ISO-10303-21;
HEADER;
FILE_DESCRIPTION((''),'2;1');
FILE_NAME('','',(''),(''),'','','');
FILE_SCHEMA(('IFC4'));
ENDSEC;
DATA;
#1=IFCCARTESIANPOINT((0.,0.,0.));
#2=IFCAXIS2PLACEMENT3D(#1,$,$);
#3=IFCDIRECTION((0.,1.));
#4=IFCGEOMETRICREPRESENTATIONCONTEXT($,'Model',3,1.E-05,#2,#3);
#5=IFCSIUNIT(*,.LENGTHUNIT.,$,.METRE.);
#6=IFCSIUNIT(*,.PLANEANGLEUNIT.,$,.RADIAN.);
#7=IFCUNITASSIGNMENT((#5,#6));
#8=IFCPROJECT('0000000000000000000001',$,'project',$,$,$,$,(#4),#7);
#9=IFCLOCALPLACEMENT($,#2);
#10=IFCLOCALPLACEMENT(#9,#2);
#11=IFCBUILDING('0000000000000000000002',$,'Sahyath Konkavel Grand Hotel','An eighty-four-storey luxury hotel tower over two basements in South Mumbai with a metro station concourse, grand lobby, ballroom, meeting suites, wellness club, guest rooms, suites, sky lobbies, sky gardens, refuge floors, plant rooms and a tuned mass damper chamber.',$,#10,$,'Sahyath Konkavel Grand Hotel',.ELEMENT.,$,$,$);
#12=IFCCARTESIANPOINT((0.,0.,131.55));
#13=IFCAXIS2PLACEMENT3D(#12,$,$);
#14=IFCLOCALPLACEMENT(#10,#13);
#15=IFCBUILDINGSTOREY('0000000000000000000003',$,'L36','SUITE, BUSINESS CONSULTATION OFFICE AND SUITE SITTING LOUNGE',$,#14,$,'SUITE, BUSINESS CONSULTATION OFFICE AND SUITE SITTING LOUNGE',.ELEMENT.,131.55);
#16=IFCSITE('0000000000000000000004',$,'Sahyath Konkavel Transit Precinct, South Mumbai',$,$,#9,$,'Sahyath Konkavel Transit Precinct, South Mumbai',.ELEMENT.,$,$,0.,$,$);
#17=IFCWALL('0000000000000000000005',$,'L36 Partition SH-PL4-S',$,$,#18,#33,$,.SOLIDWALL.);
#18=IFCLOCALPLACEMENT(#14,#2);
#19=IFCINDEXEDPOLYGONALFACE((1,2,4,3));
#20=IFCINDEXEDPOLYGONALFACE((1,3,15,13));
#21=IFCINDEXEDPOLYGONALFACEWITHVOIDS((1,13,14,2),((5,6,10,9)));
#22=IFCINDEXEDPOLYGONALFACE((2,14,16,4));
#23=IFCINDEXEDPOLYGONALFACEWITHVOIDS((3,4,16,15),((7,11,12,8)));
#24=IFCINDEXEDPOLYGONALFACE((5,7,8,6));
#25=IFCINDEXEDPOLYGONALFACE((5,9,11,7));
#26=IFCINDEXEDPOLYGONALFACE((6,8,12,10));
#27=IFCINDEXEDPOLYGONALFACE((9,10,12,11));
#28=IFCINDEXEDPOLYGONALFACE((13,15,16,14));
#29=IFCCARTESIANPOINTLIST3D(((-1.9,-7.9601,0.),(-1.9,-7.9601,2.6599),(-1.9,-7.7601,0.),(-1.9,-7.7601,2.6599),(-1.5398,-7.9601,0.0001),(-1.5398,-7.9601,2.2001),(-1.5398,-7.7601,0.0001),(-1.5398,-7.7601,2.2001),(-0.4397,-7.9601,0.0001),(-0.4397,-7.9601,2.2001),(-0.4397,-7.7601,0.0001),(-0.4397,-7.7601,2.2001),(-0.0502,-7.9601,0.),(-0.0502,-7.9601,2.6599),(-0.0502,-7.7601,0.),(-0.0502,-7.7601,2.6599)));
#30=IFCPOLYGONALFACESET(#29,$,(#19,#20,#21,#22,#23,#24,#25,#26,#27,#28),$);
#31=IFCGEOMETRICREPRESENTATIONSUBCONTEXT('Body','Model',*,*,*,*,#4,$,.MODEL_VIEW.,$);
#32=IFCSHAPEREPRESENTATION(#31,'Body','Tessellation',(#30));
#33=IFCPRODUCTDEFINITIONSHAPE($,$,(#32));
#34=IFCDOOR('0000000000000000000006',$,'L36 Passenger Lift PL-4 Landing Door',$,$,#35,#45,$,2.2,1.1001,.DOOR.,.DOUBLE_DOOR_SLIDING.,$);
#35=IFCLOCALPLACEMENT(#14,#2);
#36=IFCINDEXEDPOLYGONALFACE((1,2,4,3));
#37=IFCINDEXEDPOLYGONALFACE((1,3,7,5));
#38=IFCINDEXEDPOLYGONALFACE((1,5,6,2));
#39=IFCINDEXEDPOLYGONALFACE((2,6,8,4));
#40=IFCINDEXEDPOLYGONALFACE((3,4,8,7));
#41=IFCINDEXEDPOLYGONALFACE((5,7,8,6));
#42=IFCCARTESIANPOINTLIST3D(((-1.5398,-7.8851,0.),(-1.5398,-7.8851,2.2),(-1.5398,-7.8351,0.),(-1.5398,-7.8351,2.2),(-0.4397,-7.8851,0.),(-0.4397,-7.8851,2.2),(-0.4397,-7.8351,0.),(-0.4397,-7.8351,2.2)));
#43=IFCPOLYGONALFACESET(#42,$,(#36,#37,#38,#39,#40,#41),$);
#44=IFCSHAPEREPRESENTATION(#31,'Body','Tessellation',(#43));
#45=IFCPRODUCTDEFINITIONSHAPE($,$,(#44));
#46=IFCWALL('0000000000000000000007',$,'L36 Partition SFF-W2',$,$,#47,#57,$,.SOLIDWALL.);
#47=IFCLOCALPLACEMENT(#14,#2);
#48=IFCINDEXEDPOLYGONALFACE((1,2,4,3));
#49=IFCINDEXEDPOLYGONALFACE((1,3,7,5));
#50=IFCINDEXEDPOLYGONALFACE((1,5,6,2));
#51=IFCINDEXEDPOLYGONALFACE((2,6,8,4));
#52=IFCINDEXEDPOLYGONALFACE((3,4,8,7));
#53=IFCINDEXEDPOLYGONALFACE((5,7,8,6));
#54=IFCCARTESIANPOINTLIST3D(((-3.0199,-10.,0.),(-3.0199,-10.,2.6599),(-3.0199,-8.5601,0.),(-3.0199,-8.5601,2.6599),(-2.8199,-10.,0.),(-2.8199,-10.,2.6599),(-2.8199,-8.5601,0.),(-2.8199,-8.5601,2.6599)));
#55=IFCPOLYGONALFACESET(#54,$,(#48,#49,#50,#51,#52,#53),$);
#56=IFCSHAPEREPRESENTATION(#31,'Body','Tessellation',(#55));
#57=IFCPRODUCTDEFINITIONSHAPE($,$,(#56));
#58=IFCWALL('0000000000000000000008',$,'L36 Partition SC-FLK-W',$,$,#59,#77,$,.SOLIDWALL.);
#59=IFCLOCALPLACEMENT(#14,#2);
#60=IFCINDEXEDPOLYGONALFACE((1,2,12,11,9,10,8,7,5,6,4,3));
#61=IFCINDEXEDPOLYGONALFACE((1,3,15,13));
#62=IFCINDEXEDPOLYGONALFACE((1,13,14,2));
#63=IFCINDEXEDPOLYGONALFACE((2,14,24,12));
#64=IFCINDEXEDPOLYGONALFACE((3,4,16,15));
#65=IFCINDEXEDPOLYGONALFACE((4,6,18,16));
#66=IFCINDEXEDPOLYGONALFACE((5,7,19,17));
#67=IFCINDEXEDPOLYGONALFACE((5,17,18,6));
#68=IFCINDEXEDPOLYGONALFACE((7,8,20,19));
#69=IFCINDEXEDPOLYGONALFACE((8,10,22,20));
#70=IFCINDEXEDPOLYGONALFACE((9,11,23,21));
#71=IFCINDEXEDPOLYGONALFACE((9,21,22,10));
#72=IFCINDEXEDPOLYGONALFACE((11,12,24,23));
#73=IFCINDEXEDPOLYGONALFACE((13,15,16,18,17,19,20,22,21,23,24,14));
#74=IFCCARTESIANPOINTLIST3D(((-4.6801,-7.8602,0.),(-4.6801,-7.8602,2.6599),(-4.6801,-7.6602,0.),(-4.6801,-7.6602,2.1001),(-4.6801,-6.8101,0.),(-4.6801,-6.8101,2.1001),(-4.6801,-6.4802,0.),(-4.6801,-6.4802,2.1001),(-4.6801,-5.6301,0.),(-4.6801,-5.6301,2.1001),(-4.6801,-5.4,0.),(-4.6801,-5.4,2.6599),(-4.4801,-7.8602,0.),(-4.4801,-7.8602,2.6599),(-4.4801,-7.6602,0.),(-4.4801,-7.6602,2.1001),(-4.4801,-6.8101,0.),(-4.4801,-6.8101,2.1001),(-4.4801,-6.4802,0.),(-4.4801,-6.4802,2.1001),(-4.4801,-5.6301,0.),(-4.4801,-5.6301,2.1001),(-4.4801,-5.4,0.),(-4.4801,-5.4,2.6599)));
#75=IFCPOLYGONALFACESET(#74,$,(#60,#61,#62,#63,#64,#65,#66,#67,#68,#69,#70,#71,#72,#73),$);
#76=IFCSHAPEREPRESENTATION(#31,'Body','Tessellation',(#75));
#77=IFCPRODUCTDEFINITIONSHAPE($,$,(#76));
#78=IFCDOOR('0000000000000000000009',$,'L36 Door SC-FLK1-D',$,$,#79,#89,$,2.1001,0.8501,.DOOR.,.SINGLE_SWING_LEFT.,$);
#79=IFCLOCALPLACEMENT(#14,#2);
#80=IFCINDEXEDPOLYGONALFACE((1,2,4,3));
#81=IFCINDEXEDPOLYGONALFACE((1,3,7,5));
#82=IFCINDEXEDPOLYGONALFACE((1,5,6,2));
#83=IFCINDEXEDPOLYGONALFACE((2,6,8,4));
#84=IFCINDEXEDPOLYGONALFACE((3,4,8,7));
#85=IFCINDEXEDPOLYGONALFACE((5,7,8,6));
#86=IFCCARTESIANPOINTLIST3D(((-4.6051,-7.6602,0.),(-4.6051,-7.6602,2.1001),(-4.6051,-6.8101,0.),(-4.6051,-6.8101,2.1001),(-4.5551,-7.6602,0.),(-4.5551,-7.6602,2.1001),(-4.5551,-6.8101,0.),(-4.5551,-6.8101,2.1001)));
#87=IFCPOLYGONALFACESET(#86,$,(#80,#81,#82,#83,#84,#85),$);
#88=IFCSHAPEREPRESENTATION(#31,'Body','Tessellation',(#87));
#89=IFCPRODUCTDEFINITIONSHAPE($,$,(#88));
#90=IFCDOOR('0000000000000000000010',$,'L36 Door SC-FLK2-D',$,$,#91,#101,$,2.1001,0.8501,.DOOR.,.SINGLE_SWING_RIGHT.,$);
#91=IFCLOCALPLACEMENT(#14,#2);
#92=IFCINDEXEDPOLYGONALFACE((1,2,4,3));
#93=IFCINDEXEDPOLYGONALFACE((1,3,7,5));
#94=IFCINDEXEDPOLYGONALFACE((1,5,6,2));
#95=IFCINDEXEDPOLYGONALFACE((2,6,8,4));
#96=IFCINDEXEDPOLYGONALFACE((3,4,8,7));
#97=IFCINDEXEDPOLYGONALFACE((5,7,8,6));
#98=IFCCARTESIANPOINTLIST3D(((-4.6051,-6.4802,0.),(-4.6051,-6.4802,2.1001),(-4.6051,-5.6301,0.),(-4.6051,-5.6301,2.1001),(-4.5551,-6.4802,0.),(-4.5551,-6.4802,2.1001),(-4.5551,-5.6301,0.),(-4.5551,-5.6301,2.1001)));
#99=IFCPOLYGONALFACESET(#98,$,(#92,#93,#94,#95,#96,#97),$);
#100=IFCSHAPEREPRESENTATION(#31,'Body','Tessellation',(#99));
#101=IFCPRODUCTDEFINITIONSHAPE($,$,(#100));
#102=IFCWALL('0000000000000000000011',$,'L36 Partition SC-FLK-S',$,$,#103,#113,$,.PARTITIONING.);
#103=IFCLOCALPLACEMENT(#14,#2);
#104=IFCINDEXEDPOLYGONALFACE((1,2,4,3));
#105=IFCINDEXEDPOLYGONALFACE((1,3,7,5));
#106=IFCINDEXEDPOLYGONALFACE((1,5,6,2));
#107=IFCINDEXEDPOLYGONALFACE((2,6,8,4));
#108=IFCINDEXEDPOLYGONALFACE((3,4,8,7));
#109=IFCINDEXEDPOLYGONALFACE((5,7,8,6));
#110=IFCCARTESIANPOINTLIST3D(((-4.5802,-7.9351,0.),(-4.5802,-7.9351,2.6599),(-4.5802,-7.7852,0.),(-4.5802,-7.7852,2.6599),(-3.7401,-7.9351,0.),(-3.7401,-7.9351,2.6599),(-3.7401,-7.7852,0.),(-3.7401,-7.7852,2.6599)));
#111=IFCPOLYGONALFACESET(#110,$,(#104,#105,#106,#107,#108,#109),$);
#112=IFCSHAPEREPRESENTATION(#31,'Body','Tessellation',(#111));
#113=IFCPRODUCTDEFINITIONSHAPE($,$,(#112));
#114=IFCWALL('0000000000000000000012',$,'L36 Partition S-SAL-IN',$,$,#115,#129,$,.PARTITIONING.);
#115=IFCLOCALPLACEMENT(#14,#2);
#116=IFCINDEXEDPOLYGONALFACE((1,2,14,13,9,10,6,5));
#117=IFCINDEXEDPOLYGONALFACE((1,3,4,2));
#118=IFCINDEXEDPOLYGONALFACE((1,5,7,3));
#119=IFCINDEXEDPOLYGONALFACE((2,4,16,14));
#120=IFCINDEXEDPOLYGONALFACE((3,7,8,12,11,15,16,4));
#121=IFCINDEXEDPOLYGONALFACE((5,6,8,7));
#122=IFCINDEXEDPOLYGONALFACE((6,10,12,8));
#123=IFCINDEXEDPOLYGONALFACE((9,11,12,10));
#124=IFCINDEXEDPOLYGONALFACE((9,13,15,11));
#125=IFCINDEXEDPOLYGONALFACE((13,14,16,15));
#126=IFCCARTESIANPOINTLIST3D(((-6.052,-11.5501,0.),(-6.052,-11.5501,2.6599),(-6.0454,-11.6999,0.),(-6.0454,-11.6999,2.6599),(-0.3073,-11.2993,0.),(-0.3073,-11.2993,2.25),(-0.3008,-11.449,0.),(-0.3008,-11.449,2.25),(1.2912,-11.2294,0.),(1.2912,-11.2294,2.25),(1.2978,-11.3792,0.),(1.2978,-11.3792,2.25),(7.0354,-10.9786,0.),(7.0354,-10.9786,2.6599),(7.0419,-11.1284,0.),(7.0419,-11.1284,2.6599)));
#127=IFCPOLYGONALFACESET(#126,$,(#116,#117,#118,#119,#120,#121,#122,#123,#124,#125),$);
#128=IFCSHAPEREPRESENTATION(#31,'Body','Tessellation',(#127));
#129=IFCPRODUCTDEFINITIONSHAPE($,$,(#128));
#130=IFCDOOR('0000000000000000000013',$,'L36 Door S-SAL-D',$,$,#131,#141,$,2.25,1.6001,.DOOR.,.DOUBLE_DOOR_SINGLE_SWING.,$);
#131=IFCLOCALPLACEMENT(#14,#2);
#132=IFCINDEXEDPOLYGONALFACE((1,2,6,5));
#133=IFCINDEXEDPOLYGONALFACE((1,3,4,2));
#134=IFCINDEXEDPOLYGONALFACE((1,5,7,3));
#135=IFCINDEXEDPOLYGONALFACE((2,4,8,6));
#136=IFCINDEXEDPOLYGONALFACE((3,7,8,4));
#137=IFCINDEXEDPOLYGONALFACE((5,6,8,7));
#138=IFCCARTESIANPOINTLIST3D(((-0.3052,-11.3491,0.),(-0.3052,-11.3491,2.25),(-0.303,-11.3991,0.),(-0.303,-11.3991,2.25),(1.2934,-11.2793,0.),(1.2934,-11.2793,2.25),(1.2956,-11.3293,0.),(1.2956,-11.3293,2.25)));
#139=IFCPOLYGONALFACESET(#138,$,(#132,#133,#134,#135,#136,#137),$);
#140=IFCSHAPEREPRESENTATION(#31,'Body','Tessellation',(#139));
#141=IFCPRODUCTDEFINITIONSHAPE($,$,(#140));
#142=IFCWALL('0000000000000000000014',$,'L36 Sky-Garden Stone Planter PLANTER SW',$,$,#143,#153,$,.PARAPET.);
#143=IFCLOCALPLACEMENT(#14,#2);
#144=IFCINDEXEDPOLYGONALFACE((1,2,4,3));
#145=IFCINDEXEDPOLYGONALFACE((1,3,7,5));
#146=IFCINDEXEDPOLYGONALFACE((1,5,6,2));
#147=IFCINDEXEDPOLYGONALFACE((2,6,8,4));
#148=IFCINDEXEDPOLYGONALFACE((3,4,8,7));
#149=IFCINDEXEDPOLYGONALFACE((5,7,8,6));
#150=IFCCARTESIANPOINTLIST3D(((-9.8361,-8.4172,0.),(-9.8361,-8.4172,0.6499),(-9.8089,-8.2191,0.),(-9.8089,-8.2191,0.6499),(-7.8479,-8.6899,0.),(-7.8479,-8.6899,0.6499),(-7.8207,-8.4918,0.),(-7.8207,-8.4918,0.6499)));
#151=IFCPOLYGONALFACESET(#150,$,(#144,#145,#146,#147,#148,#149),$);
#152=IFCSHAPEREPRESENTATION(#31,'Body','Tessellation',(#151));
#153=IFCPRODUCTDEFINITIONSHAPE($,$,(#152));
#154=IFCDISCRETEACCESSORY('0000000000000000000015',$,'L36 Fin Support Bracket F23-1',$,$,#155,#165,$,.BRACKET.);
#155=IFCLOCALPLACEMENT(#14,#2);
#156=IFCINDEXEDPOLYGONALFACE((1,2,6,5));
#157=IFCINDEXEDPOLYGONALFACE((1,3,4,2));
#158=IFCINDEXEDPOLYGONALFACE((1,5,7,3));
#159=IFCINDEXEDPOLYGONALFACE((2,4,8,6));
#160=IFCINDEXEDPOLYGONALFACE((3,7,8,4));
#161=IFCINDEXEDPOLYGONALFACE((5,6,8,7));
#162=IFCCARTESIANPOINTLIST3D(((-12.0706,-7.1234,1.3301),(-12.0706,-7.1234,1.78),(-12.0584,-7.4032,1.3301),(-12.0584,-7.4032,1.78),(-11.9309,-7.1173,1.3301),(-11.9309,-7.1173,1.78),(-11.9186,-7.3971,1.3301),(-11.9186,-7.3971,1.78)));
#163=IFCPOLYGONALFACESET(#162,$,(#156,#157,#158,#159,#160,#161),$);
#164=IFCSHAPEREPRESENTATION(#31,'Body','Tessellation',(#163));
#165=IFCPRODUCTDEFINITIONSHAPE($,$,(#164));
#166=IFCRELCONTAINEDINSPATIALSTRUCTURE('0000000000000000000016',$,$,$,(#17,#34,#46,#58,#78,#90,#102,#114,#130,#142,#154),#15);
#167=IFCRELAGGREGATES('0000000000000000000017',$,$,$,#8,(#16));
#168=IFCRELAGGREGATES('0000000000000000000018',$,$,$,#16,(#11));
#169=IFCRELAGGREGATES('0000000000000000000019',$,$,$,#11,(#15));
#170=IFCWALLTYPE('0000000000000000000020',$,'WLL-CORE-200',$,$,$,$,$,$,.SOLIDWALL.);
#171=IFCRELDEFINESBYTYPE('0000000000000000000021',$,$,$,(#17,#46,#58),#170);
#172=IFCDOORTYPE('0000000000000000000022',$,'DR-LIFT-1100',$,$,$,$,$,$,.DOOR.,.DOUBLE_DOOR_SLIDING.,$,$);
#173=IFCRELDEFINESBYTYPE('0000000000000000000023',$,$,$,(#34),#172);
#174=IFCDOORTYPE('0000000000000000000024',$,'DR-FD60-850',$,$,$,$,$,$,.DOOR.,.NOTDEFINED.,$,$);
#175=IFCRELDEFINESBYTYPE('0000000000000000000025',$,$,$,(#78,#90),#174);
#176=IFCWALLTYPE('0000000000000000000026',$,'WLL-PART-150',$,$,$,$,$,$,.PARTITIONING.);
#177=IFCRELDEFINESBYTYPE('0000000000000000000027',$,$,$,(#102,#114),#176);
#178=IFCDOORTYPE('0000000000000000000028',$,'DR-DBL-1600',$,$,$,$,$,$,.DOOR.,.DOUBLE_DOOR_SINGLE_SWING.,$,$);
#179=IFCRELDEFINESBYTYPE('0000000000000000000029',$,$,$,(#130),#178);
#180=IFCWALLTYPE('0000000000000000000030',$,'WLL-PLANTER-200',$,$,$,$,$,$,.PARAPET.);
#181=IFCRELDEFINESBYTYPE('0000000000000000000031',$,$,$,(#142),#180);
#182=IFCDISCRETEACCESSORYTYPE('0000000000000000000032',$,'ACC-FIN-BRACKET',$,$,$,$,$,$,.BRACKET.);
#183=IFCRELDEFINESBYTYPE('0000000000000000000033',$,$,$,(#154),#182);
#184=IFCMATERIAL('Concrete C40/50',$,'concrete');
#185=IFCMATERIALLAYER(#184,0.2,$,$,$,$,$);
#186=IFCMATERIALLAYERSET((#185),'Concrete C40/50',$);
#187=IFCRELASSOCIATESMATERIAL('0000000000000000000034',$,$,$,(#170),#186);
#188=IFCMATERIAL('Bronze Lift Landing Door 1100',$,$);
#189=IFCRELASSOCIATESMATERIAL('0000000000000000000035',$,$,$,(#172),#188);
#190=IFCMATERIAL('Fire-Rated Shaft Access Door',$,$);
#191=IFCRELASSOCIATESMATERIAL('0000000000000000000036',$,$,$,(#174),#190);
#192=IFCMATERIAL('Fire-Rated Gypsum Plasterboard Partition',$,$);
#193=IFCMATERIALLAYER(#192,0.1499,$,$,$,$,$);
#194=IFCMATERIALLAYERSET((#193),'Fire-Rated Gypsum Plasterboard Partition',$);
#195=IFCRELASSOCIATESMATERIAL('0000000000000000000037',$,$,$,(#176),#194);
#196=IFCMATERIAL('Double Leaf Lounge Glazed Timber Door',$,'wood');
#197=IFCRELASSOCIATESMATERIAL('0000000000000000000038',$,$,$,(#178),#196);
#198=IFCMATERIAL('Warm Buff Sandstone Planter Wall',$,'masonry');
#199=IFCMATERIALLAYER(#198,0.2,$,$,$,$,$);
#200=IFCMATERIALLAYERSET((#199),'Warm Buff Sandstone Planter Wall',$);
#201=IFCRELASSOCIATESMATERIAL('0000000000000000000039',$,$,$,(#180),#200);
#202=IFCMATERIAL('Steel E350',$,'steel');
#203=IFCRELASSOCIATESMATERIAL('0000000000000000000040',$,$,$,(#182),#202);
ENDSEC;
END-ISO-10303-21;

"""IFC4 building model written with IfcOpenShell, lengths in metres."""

from ifc_helpers import new_model, si_unit, direction, frame, frame_2d, origin, origin_2d, place, context, subcontext, project, spatial, rectangle, extrude, source, transform, mapped, material, layer, layer_set, type_object, element, fill, save


model = new_model("IFC4")

# Units and contexts
model_context = context("Model", 3, precision=1e-05, world=origin(), true_north=direction((0.0, 1.0)))
body_context = subcontext(model_context, "Body", "Model", "MODEL_VIEW")
ifc_project = project(units=[si_unit("LENGTHUNIT", "METRE"), si_unit("PLANEANGLEUNIT", "RADIAN")], contexts=[model_context])

# Site, building, storey
site_placement = place(None, origin())
site = spatial("IfcSite", under=ifc_project, at=site_placement, Name="Sahyath Konkavel Transit Precinct, South Mumbai", LongName="Sahyath Konkavel Transit Precinct, South Mumbai", CompositionType="ELEMENT", RefElevation=0.0)
building_placement = place(site_placement, origin())
building = spatial("IfcBuilding", under=site, at=building_placement, Name="Sahyath Konkavel Grand Hotel", Description="An eighty-four-storey luxury hotel tower over two basements in South Mumbai with a metro station concourse, grand lobby, ballroom, meeting suites, wellness club, guest rooms, suites, sky lobbies, sky gardens, refuge floors, plant rooms and a tuned mass damper chamber.", LongName="Sahyath Konkavel Grand Hotel", CompositionType="ELEMENT")
storey_placement = place(building_placement, frame((0.0, 0.0, 131.55)))
storey = spatial("IfcBuildingStorey", under=building, at=storey_placement, Name="L36", Description="SUITE, BUSINESS CONSULTATION OFFICE AND SUITE SITTING LOUNGE", LongName="SUITE, BUSINESS CONSULTATION OFFICE AND SUITE SITTING LOUNGE", CompositionType="ELEMENT", Elevation=131.55)

# Shared definitions
ifc_material_1 = material(Name="Steel E350", Category="steel")

# Shared definitions
ifc_material_2 = material(Name="Concrete C40/50", Category="concrete")
ifc_layer_1 = layer(ifc_material_2, 0.2)
ifc_layer_set_1 = layer_set([ifc_layer_1], Name="Concrete C40/50")
wall_type_1 = type_object("IfcWallType", Name="WLL-CORE-200", PredefinedType="SOLIDWALL", material=ifc_layer_set_1)

# Shared definitions
ifc_material_3 = material(Name="Bronze Lift Landing Door 1100")
door_type_1 = type_object("IfcDoorType", Name="DR-LIFT-1100", OperationType="DOUBLE_DOOR_SLIDING", PredefinedType="DOOR", material=ifc_material_3)
shared_shape_1 = source(origin(), body_context, "Body", "SweptSolid", [
    extrude(rectangle(XDim=1.1001, YDim=0.05, at=origin_2d()), origin(), (0.0, 0.0, 1.0), 2.2),
])

# Wall, opening, door
wall_1_placement = place(storey_placement, frame((-1.8999, -7.8601, 0.0), z_axis=(0.0, 0.0, 1.0), x_axis=(1.0, 0.0, 0.0)))
wall_1 = element("IfcWall", 1, at=wall_1_placement, inside=storey, type_object=wall_type_1, Name="L36 Partition SH-PL4-S", PredefinedType="SOLIDWALL", context=body_context, shape_type="SweptSolid", body=[
    extrude(rectangle(XDim=1.8499, YDim=0.2, at=frame_2d((0.9248, 0.0))), origin(), (0.0, 0.0, 1.0), 2.6599),
])
opening_1_placement = place(wall_1_placement, frame((0.3601, 0.0, 0.0)))
opening_1 = element("IfcOpeningElement", 2, at=opening_1_placement, cuts=wall_1, PredefinedType="OPENING", context=body_context, shape_type="SweptSolid", body=[
    extrude(rectangle(XDim=1.1001, YDim=2.2, at=frame_2d((0.55, 1.1001))), frame((0.0, 0.1099, 0.0), z_axis=(0.0, -1.0, 0.0), x_axis=(1.0, 0.0, 0.0)), (0.0, 0.0, 1.0), 0.22),
])
door_1_placement = place(opening_1_placement, frame((0.55, 0.0, 0.0)))
door_1 = element("IfcDoor", 3, at=door_1_placement, inside=storey, type_object=door_type_1, Name="L36 Passenger Lift PL-4 Landing Door", OperationType="DOUBLE_DOOR_SLIDING", OverallHeight=2.2, OverallWidth=1.1001, PredefinedType="DOOR", context=body_context, shape_type="MappedRepresentation", body=[
    mapped(shared_shape_1, transform((0.0, 0.0, 0.0), scale=1.0)),
])
fill(opening_1, door_1)

# Wall
wall_2_placement = place(storey_placement, frame((-2.9199, -10.0, 0.0), z_axis=(0.0, 0.0, 1.0), x_axis=(0.0, 1.0, 0.0)))
element("IfcWall", 4, at=wall_2_placement, inside=storey, type_object=wall_type_1, Name="L36 Partition SFF-W2", PredefinedType="SOLIDWALL", context=body_context, shape_type="SweptSolid", body=[
    extrude(rectangle(XDim=1.4399, YDim=0.2, at=frame_2d((0.72, 0.0))), origin(), (0.0, 0.0, 1.0), 2.6599),
])

# Wall, openings, doors
wall_3_placement = place(storey_placement, frame((-4.5801, -7.8601, 0.0), z_axis=(0.0, 0.0, 1.0), x_axis=(0.0, 1.0, 0.0)))
wall_3 = element("IfcWall", 5, at=wall_3_placement, inside=storey, type_object=wall_type_1, Name="L36 Partition SC-FLK-W", PredefinedType="SOLIDWALL", context=body_context, shape_type="SweptSolid", body=[
    extrude(rectangle(XDim=2.4602, YDim=0.2, at=frame_2d((1.23, 0.0))), origin(), (0.0, 0.0, 1.0), 2.6599),
])
opening_2_placement = place(wall_3_placement, frame((0.2, 0.0, 0.0)))
opening_2 = element("IfcOpeningElement", 6, at=opening_2_placement, cuts=wall_3, PredefinedType="OPENING", context=body_context, shape_type="SweptSolid", body=[
    extrude(rectangle(XDim=0.8501, YDim=2.1001, at=frame_2d((0.425, 1.05))), frame((0.0, 0.1099, 0.0), z_axis=(0.0, -1.0, 0.0), x_axis=(1.0, 0.0, 0.0)), (0.0, 0.0, 1.0), 0.22),
])
opening_3_placement = place(wall_3_placement, frame((1.3799, 0.0, 0.0)))
opening_3 = element("IfcOpeningElement", 7, at=opening_3_placement, cuts=wall_3, PredefinedType="OPENING", context=body_context, shape_type="SweptSolid", body=[
    extrude(rectangle(XDim=0.8501, YDim=2.1001, at=frame_2d((0.425, 1.05))), frame((0.0, 0.1099, 0.0), z_axis=(0.0, -1.0, 0.0), x_axis=(1.0, 0.0, 0.0)), (0.0, 0.0, 1.0), 0.22),
])
ifc_material_4 = material(Name="Fire-Rated Shaft Access Door")
door_type_2 = type_object("IfcDoorType", Name="DR-FD60-850", OperationType="NOTDEFINED", PredefinedType="DOOR", material=ifc_material_4)
shared_shape_2 = source(origin(), body_context, "Body", "SweptSolid", [
    extrude(rectangle(XDim=0.8501, YDim=0.05, at=origin_2d()), origin(), (0.0, 0.0, 1.0), 2.1001),
])
door_2_placement = place(opening_2_placement, frame((0.425, 0.0, 0.0)))
door_2 = element("IfcDoor", 8, at=door_2_placement, inside=storey, type_object=door_type_2, Name="L36 Door SC-FLK1-D", OperationType="SINGLE_SWING_LEFT", OverallHeight=2.1001, OverallWidth=0.8501, PredefinedType="DOOR", context=body_context, shape_type="MappedRepresentation", body=[
    mapped(shared_shape_2, transform((0.0, 0.0, 0.0), scale=1.0)),
])
fill(opening_2, door_2)
door_3_placement = place(opening_3_placement, frame((0.425, 0.0, 0.0)))
door_3 = element("IfcDoor", 9, at=door_3_placement, inside=storey, type_object=door_type_2, Name="L36 Door SC-FLK2-D", OperationType="SINGLE_SWING_RIGHT", OverallHeight=2.1001, OverallWidth=0.8501, PredefinedType="DOOR", context=body_context, shape_type="MappedRepresentation", body=[
    mapped(shared_shape_2, transform((0.0, 0.0, 0.0), scale=1.0)),
])
fill(opening_3, door_3)

# Wall
ifc_material_5 = material(Name="Fire-Rated Gypsum Plasterboard Partition")
ifc_layer_2 = layer(ifc_material_5, 0.1499)
ifc_layer_set_2 = layer_set([ifc_layer_2], Name="Fire-Rated Gypsum Plasterboard Partition")
wall_type_2 = type_object("IfcWallType", Name="WLL-PART-150", PredefinedType="PARTITIONING", material=ifc_layer_set_2)
wall_4_placement = place(storey_placement, frame((-4.5801, -7.8601, 0.0), z_axis=(0.0, 0.0, 1.0), x_axis=(1.0, 0.0, 0.0)))
element("IfcWall", 10, at=wall_4_placement, inside=storey, type_object=wall_type_2, Name="L36 Partition SC-FLK-S", PredefinedType="PARTITIONING", context=body_context, shape_type="SweptSolid", body=[
    extrude(rectangle(XDim=0.8401, YDim=0.1499, at=frame_2d((0.4199, 0.0))), origin(), (0.0, 0.0, 1.0), 2.6599),
])

# Wall, opening, door
wall_5_placement = place(storey_placement, frame((-6.0486, -11.625, 0.0), z_axis=(0.0, 0.0, 1.0), x_axis=(0.999048, 0.043629, 0.0)))
wall_5 = element("IfcWall", 11, at=wall_5_placement, inside=storey, type_object=wall_type_2, Name="L36 Partition S-SAL-IN", PredefinedType="PARTITIONING", context=body_context, shape_type="SweptSolid", body=[
    extrude(rectangle(XDim=13.0999, YDim=0.1499, at=frame_2d((6.5498, 0.0))), origin(), (0.0, 0.0, 1.0), 2.6599),
])
opening_4_placement = place(wall_5_placement, frame((5.75, 0.0, 0.0)))
opening_4 = element("IfcOpeningElement", 12, at=opening_4_placement, cuts=wall_5, PredefinedType="OPENING", context=body_context, shape_type="SweptSolid", body=[
    extrude(rectangle(XDim=1.6001, YDim=2.25, at=frame_2d((0.8, 1.125))), frame((0.0, 0.085, 0.0), z_axis=(0.0, -1.0, 0.0), x_axis=(1.0, 0.0, 0.0)), (0.0, 0.0, 1.0), 0.1699),
])
ifc_material_6 = material(Name="Double Leaf Lounge Glazed Timber Door", Category="wood")
door_type_3 = type_object("IfcDoorType", Name="DR-DBL-1600", OperationType="DOUBLE_DOOR_SINGLE_SWING", PredefinedType="DOOR", material=ifc_material_6)
shared_shape_3 = source(origin(), body_context, "Body", "SweptSolid", [
    extrude(rectangle(XDim=1.6001, YDim=0.05, at=origin_2d()), origin(), (0.0, 0.0, 1.0), 2.25),
])
door_4_placement = place(opening_4_placement, frame((0.8, 0.0, 0.0)))
door_4 = element("IfcDoor", 13, at=door_4_placement, inside=storey, type_object=door_type_3, Name="L36 Door S-SAL-D", OperationType="DOUBLE_DOOR_SINGLE_SWING", OverallHeight=2.25, OverallWidth=1.6001, PredefinedType="DOOR", context=body_context, shape_type="MappedRepresentation", body=[
    mapped(shared_shape_3, transform((0.0, 0.0, 0.0), scale=1.0)),
])
fill(opening_4, door_4)

# Wall
ifc_material_7 = material(Name="Warm Buff Sandstone Planter Wall", Category="masonry")
ifc_layer_3 = layer(ifc_material_7, 0.2)
ifc_layer_set_3 = layer_set([ifc_layer_3], Name="Warm Buff Sandstone Planter Wall")
wall_type_3 = type_object("IfcWallType", Name="WLL-PLANTER-200", PredefinedType="PARAPET", material=ifc_layer_set_3)
wall_6_placement = place(storey_placement, frame((-9.8225, -8.3181, 0.0), z_axis=(0.0, 0.0, 1.0), x_axis=(0.990725, -0.135884, 0.0)))
element("IfcWall", 14, at=wall_6_placement, inside=storey, type_object=wall_type_3, Name="L36 Sky-Garden Stone Planter PLANTER SW", PredefinedType="PARAPET", context=body_context, shape_type="SweptSolid", body=[
    extrude(rectangle(XDim=2.0068, YDim=0.2, at=frame_2d((1.0034, 0.0))), origin(), (0.0, 0.0, 1.0), 0.6499),
])

# Discrete accessory
discrete_accessory_type = type_object("IfcDiscreteAccessoryType", Name="ACC-FIN-BRACKET", PredefinedType="BRACKET", material=ifc_material_1)
shared_shape_4 = source(origin(), body_context, "Body", "SweptSolid", [
    extrude(rectangle(XDim=0.28, YDim=0.1399, at=origin_2d()), origin(), (0.0, 0.0, 1.0), 0.45),
])
discrete_accessory_placement = place(storey_placement, frame((-11.9946, -7.2603, 1.3301), z_axis=(0.0, 0.0, 1.0), x_axis=(0.043619, -0.999048, 0.0)))
element("IfcDiscreteAccessory", 15, at=discrete_accessory_placement, inside=storey, type_object=discrete_accessory_type, Name="L36 Fin Support Bracket F23-1", PredefinedType="BRACKET", context=body_context, shape_type="MappedRepresentation", body=[
    mapped(shared_shape_4, transform((0.0, 0.0, 0.0), scale=1.0)),
])

save(model, "model.ifc")
